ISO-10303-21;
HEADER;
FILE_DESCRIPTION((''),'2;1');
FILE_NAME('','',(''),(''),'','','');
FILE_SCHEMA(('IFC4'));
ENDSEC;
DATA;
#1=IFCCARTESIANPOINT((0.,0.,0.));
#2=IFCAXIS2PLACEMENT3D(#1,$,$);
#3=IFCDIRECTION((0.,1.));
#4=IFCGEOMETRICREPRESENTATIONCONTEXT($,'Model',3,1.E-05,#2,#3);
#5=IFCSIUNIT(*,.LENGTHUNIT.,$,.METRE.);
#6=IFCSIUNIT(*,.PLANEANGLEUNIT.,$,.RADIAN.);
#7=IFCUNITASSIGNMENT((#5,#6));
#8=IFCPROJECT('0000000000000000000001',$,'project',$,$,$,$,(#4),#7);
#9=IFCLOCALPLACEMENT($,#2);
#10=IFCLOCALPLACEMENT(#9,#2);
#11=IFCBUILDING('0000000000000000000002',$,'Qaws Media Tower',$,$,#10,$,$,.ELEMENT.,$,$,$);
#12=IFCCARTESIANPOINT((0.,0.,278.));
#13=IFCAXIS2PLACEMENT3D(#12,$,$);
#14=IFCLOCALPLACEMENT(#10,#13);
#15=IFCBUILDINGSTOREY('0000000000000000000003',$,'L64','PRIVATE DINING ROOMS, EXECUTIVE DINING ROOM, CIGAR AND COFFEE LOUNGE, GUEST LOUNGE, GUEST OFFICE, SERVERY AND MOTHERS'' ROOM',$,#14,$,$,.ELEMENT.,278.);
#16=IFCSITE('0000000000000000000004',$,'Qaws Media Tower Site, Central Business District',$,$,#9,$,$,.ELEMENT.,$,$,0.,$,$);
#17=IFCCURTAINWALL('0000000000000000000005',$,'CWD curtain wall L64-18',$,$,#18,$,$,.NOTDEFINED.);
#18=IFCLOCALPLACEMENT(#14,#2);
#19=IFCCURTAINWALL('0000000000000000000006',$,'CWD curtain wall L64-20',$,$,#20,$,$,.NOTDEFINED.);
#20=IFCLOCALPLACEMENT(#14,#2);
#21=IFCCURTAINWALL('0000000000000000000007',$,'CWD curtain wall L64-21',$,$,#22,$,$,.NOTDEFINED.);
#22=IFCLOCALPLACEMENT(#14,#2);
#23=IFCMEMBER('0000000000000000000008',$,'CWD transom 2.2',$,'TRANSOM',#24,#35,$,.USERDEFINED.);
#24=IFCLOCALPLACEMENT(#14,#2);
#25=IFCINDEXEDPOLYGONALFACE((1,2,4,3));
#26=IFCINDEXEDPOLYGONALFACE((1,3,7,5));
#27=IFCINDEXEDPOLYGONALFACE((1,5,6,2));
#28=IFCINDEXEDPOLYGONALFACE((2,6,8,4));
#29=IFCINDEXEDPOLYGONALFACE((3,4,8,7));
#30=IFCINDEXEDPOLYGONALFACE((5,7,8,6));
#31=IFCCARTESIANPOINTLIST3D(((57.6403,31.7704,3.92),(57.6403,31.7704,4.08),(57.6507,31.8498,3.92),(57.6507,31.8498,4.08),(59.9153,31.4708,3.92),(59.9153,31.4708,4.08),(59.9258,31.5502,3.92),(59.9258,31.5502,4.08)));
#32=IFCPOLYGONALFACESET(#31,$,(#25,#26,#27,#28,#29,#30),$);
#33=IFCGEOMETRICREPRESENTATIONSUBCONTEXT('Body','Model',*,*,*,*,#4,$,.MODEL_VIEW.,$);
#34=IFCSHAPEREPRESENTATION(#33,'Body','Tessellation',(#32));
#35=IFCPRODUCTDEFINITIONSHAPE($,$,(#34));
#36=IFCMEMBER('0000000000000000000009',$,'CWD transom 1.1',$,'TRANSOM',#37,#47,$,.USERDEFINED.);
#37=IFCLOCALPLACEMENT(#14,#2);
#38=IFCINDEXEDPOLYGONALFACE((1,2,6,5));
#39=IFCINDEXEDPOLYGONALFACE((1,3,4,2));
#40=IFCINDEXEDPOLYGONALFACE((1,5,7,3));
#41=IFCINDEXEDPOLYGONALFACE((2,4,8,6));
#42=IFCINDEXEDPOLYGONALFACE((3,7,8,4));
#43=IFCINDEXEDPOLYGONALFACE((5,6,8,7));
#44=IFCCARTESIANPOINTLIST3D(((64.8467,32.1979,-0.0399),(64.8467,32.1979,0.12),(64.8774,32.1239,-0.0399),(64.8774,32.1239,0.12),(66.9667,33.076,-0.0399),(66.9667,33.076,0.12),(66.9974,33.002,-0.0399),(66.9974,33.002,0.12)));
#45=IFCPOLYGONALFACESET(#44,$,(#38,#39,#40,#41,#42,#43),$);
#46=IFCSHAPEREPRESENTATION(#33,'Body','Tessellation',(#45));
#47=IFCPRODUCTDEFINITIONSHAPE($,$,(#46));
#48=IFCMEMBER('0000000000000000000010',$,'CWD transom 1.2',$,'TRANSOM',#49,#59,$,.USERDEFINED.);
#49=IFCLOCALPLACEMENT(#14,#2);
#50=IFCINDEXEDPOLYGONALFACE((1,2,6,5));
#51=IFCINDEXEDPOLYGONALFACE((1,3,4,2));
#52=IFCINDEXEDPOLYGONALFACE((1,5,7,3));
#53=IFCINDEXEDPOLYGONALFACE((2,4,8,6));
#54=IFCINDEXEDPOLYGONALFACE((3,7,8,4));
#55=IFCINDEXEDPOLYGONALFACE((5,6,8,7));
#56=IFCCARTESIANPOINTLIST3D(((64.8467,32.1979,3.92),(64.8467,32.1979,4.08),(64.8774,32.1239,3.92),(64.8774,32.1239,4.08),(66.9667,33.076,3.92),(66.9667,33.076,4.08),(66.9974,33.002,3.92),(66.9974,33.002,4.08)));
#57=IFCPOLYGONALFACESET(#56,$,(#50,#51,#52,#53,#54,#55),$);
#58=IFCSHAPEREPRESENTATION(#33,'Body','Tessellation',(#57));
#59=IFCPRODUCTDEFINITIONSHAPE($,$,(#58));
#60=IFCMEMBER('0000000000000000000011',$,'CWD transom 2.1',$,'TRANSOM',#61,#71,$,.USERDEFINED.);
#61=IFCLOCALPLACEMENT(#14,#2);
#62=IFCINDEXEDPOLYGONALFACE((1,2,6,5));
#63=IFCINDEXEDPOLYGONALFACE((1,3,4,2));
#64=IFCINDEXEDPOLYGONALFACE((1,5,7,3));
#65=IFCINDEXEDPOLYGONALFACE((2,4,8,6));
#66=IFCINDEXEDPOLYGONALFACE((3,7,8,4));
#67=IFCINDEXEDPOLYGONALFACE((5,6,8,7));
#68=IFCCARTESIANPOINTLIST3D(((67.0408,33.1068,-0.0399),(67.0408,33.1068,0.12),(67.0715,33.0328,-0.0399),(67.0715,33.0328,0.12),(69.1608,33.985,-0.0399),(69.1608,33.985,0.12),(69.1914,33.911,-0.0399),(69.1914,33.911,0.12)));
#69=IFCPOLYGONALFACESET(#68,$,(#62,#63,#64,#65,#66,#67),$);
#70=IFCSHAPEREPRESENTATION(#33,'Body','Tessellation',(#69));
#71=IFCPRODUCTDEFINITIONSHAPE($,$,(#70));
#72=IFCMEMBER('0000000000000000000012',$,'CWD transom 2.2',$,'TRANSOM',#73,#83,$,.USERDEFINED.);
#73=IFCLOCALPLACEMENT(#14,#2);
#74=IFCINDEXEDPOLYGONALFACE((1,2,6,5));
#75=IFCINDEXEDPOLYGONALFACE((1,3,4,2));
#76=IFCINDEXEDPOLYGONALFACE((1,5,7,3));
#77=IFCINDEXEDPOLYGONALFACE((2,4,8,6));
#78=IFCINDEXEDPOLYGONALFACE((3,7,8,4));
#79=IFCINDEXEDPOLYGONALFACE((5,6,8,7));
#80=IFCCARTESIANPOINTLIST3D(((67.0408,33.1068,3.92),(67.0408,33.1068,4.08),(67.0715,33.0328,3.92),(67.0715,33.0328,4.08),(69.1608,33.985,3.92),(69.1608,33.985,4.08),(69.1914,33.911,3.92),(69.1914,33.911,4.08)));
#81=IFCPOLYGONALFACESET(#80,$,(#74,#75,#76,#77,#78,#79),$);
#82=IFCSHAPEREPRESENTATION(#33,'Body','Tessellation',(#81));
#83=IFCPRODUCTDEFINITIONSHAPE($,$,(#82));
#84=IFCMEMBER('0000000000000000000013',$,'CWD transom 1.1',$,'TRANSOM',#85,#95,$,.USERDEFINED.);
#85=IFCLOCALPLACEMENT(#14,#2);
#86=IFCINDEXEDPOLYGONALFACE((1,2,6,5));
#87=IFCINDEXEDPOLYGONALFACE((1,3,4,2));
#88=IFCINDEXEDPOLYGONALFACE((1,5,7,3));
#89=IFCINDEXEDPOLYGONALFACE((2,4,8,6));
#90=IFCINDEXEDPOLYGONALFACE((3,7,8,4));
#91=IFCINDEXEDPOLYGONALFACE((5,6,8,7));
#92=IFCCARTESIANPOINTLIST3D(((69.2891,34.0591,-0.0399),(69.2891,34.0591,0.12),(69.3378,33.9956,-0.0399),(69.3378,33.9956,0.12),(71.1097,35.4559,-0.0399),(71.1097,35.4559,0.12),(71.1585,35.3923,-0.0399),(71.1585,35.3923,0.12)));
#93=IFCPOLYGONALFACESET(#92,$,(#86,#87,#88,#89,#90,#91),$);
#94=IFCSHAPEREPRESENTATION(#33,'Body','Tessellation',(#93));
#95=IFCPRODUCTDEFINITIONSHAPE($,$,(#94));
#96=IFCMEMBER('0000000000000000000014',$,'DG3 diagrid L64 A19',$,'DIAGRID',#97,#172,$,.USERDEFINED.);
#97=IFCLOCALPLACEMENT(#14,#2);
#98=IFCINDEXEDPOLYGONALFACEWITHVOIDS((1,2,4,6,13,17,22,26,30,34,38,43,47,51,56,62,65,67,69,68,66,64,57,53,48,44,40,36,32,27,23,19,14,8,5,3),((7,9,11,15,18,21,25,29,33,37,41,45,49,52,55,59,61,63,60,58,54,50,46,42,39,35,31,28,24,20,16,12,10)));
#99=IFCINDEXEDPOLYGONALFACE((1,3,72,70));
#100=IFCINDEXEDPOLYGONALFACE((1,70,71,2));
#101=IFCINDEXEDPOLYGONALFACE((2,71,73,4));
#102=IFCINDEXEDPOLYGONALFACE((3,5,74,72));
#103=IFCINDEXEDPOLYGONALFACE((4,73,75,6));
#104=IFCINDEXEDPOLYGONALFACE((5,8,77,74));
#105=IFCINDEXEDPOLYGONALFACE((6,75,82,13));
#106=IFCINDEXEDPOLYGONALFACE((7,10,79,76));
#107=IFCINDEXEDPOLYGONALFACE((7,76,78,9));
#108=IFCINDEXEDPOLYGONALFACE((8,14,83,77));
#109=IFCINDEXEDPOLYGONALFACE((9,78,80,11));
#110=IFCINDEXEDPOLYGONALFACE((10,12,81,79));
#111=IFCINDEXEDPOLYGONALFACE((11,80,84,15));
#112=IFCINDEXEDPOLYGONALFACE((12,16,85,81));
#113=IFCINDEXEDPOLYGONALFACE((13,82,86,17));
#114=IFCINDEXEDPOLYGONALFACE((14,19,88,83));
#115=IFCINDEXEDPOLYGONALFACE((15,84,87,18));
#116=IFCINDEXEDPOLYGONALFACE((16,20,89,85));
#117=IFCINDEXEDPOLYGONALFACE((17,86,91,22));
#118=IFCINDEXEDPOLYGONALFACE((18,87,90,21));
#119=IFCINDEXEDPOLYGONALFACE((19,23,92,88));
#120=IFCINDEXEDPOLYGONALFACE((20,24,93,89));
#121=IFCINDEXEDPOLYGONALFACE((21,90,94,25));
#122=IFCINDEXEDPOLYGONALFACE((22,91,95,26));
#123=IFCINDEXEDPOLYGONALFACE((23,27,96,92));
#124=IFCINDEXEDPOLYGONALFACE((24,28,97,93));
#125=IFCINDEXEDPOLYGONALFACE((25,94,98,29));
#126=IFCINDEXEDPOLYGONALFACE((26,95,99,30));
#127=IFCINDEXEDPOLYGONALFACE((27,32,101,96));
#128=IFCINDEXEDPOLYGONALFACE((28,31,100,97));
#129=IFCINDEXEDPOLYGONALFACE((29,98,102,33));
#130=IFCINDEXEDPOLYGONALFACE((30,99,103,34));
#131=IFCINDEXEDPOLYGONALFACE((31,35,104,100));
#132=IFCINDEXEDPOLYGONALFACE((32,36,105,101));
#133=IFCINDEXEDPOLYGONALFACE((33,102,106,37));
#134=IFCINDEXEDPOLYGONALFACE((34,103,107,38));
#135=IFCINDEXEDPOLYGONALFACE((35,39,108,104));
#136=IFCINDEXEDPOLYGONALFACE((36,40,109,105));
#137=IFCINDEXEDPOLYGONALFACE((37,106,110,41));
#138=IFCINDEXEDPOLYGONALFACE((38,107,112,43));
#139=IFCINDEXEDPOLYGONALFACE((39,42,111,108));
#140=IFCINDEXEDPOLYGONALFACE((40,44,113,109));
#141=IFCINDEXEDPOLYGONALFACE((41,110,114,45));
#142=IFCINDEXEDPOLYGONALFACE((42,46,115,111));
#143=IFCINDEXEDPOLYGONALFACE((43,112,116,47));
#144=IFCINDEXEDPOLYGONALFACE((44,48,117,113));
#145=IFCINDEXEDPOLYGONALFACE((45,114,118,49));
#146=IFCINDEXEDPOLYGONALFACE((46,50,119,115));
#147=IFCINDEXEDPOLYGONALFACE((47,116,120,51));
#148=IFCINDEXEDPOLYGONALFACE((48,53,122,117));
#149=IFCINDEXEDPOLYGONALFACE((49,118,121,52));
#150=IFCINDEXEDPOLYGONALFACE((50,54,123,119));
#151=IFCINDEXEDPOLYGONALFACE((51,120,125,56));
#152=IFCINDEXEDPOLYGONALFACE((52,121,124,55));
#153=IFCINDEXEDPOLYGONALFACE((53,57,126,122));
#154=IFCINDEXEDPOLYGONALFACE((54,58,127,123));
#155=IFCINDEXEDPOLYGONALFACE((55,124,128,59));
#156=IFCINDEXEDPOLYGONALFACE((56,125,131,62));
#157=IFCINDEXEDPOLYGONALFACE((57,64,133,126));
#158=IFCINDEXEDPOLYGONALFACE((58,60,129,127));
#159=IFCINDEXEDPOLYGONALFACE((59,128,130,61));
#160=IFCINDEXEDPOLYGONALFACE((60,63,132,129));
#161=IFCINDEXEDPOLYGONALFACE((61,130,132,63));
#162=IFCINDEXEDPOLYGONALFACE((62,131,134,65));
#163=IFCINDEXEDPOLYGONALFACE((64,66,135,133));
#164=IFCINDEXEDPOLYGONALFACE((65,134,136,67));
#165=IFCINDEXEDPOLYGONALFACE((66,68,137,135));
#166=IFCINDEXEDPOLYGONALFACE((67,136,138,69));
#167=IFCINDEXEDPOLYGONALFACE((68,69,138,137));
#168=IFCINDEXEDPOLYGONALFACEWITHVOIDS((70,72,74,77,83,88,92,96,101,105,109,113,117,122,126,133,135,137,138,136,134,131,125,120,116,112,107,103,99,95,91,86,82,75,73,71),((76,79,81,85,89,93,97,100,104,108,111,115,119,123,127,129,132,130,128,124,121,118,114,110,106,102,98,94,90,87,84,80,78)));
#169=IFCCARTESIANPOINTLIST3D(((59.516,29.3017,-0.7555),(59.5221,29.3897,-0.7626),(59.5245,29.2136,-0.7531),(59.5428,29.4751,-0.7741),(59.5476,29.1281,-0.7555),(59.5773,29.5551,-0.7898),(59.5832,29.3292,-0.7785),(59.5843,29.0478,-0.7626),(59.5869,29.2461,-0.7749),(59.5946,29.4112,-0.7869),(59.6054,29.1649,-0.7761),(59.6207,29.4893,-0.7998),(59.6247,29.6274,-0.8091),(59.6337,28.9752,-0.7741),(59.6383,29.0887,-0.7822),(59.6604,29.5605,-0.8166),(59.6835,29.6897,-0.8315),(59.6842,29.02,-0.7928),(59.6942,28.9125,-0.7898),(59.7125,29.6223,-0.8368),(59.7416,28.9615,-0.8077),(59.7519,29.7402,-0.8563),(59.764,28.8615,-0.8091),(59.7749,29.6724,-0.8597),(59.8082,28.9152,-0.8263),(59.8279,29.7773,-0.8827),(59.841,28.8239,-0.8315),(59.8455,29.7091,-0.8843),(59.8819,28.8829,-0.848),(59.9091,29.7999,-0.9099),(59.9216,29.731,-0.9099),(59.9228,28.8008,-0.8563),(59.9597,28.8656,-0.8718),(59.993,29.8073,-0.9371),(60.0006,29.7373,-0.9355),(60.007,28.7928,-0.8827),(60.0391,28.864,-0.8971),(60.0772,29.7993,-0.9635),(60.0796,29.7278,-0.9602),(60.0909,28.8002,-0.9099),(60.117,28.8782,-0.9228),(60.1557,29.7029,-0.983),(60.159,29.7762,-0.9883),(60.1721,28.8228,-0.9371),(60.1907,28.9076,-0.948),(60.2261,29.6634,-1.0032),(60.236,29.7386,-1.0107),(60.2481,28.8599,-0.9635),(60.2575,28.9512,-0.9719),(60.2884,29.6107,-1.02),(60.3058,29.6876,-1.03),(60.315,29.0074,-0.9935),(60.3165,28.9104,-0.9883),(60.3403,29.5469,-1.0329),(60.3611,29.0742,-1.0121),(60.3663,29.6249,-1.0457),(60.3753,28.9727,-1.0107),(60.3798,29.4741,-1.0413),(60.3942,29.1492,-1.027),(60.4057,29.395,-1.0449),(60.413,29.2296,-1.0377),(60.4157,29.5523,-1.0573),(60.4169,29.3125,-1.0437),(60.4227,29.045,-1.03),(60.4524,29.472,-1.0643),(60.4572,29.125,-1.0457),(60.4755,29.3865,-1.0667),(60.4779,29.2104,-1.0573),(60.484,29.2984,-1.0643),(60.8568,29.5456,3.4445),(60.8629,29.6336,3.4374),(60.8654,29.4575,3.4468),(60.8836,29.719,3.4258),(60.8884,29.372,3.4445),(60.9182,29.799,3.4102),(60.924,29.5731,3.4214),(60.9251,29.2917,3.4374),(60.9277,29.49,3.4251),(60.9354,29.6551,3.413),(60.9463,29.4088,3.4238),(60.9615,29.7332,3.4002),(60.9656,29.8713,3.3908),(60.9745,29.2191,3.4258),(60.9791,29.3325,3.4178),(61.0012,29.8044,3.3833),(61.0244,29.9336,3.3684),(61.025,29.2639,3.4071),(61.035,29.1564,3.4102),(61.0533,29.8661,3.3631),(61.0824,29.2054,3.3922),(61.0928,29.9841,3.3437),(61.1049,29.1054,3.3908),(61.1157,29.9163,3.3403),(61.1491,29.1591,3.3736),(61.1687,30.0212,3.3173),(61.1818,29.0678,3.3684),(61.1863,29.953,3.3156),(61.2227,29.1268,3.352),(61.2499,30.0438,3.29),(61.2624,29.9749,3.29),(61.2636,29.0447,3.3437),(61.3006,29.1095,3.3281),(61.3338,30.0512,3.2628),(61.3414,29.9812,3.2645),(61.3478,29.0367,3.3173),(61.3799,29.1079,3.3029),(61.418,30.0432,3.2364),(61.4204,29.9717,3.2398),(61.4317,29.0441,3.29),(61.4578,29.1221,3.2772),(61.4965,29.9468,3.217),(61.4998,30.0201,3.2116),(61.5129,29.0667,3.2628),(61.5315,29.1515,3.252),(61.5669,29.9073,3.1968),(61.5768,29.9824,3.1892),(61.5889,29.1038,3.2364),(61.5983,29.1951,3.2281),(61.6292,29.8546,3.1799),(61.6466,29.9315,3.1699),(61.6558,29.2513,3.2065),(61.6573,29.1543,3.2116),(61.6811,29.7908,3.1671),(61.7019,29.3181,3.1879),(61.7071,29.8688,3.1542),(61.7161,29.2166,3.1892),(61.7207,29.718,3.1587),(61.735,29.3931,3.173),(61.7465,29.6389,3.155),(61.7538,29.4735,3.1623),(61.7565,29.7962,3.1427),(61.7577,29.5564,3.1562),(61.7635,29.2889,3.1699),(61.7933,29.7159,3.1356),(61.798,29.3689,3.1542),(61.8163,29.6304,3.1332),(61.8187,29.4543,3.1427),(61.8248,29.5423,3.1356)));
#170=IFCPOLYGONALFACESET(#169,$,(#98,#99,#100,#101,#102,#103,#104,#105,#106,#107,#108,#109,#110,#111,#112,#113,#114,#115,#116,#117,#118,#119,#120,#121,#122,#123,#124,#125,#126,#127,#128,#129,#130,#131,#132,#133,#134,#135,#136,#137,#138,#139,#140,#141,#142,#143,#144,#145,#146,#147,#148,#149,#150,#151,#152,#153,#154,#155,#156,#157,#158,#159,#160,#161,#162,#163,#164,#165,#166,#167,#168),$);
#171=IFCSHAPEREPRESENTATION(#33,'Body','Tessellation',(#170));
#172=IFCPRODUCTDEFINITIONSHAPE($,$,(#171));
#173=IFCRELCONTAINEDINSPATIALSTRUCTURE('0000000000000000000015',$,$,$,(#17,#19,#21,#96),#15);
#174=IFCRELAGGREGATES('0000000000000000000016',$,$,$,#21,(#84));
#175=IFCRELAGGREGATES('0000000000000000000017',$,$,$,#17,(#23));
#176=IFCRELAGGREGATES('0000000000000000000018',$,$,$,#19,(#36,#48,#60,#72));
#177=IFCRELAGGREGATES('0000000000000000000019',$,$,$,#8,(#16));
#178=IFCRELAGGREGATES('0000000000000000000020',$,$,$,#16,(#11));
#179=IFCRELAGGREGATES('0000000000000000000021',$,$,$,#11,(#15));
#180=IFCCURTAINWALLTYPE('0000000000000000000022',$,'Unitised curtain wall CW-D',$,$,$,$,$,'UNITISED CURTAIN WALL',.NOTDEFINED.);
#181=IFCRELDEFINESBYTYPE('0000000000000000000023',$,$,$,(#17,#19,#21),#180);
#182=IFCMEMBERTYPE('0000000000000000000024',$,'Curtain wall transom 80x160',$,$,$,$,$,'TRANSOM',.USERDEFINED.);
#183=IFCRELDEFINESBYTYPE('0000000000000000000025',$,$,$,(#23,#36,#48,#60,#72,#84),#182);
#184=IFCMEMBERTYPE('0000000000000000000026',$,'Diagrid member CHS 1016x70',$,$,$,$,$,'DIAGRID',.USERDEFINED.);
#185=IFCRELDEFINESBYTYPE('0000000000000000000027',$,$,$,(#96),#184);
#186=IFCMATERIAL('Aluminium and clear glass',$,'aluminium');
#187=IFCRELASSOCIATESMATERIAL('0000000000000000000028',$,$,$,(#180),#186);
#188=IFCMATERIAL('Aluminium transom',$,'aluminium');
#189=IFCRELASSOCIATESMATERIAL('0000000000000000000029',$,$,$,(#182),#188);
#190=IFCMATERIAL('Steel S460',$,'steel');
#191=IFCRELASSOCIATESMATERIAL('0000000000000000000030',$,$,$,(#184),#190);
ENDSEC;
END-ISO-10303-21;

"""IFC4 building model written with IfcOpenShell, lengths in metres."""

from ifc_helpers import new_model, si_unit, direction, frame, origin, origin_2d, place, context, subcontext, project, spatial, rectangle, hollow_circle, extrude, material, material_profile, profile_set, type_object, element, aggregate, save


model = new_model("IFC4")

# Units and contexts
model_context = context("Model", 3, precision=1e-05, world=origin(), true_north=direction((0.0, 1.0)))
body_context = subcontext(model_context, "Body", "Model", "MODEL_VIEW")
ifc_project = project(units=[si_unit("LENGTHUNIT", "METRE"), si_unit("PLANEANGLEUNIT", "RADIAN")], contexts=[model_context])

# Site, building, storey
site_placement = place(None, origin())
site = spatial("IfcSite", under=ifc_project, at=site_placement, Name="Qaws Media Tower Site, Central Business District", CompositionType="ELEMENT", RefElevation=0.0)
building_placement = place(site_placement, origin())
building = spatial("IfcBuilding", under=site, at=building_placement, Name="Qaws Media Tower", CompositionType="ELEMENT")
storey_placement = place(building_placement, frame((0.0, 0.0, 278.0)))
storey = spatial("IfcBuildingStorey", under=building, at=storey_placement, Name="L64", Description="PRIVATE DINING ROOMS, EXECUTIVE DINING ROOM, CIGAR AND COFFEE LOUNGE, GUEST LOUNGE, GUEST OFFICE, SERVERY AND MOTHERS' ROOM", CompositionType="ELEMENT", Elevation=278.0)

# Curtain walls
ifc_material_1 = material(Name="Aluminium and clear glass", Category="aluminium")
curtain_wall_type = type_object("IfcCurtainWallType", Name="Unitised curtain wall CW-D", ElementType="UNITISED CURTAIN WALL", PredefinedType="NOTDEFINED", material=ifc_material_1)
curtain_wall_1_placement = place(storey_placement, origin())
curtain_wall_1 = element("IfcCurtainWall", 1, at=curtain_wall_1_placement, inside=storey, type_object=curtain_wall_type, Name="CWD curtain wall L64-18", PredefinedType="NOTDEFINED")
curtain_wall_2_placement = place(storey_placement, origin())
curtain_wall_2 = element("IfcCurtainWall", 2, at=curtain_wall_2_placement, inside=storey, type_object=curtain_wall_type, Name="CWD curtain wall L64-20", PredefinedType="NOTDEFINED")

# Curtain wall
curtain_wall_3_placement = place(storey_placement, origin())
curtain_wall_3 = element("IfcCurtainWall", 3, at=curtain_wall_3_placement, inside=storey, type_object=curtain_wall_type, Name="CWD curtain wall L64-21", PredefinedType="NOTDEFINED")

# Members
ifc_material_2 = material(Name="Aluminium transom", Category="aluminium")
ifc_material_profile_1 = material_profile(ifc_material_2, rectangle(XDim=0.0801, YDim=0.1599, at=origin_2d()), Name="80x160")
ifc_profile_set_1 = profile_set([ifc_material_profile_1], Name="Aluminium transom")
member_type_1 = type_object("IfcMemberType", Name="Curtain wall transom 80x160", ElementType="TRANSOM", PredefinedType="USERDEFINED", material=ifc_profile_set_1)
member_1_placement = place(storey_placement, frame((57.6455, 31.8101, 4.0), z_axis=(0.991443, -0.13054, 0.0), x_axis=(0.13054, 0.991443, 0.0)))
member_1 = element("IfcMember", 4, at=member_1_placement, type_object=member_type_1, Name="CWD transom 2.2", ObjectType="TRANSOM", PredefinedType="USERDEFINED", context=body_context, shape_type="SweptSolid", body=[
    extrude(rectangle(XDim=0.0801, YDim=0.1599, at=origin_2d()), origin(), (0.0, 0.0, 1.0), 2.2947),
])
member_2_placement = place(storey_placement, frame((64.8621, 32.1609, 0.04), z_axis=(0.923881, 0.382681, 0.0), x_axis=(-0.382681, 0.923881, 0.0)))
member_2 = element("IfcMember", 5, at=member_2_placement, type_object=member_type_1, Name="CWD transom 1.1", ObjectType="TRANSOM", PredefinedType="USERDEFINED", context=body_context, shape_type="SweptSolid", body=[
    extrude(rectangle(XDim=0.0801, YDim=0.1599, at=origin_2d()), origin(), (0.0, 0.0, 1.0), 2.2947),
])
member_3_placement = place(storey_placement, frame((64.8621, 32.1609, 4.0), z_axis=(0.923881, 0.382681, 0.0), x_axis=(-0.382681, 0.923881, 0.0)))
member_3 = element("IfcMember", 6, at=member_3_placement, type_object=member_type_1, Name="CWD transom 1.2", ObjectType="TRANSOM", PredefinedType="USERDEFINED", context=body_context, shape_type="SweptSolid", body=[
    extrude(rectangle(XDim=0.0801, YDim=0.1599, at=origin_2d()), origin(), (0.0, 0.0, 1.0), 2.2947),
])
member_4_placement = place(storey_placement, frame((67.0562, 33.0698, 0.04), z_axis=(0.923865, 0.382718, 0.0), x_axis=(-0.382718, 0.923865, 0.0)))
member_4 = element("IfcMember", 7, at=member_4_placement, type_object=member_type_1, Name="CWD transom 2.1", ObjectType="TRANSOM", PredefinedType="USERDEFINED", context=body_context, shape_type="SweptSolid", body=[
    extrude(rectangle(XDim=0.0801, YDim=0.1599, at=origin_2d()), origin(), (0.0, 0.0, 1.0), 2.2947),
])
member_5_placement = place(storey_placement, frame((67.0562, 33.0698, 4.0), z_axis=(0.923865, 0.382718, 0.0), x_axis=(-0.382718, 0.923865, 0.0)))
member_5 = element("IfcMember", 8, at=member_5_placement, type_object=member_type_1, Name="CWD transom 2.2", ObjectType="TRANSOM", PredefinedType="USERDEFINED", context=body_context, shape_type="SweptSolid", body=[
    extrude(rectangle(XDim=0.0801, YDim=0.1599, at=origin_2d()), origin(), (0.0, 0.0, 1.0), 2.2947),
])
member_6_placement = place(storey_placement, frame((69.3135, 34.0273, 0.04), z_axis=(0.793403, 0.608697, 0.0), x_axis=(-0.608697, 0.793403, 0.0)))
member_6 = element("IfcMember", 9, at=member_6_placement, type_object=member_type_1, Name="CWD transom 1.1", ObjectType="TRANSOM", PredefinedType="USERDEFINED", context=body_context, shape_type="SweptSolid", body=[
    extrude(rectangle(XDim=0.0801, YDim=0.1599, at=origin_2d()), origin(), (0.0, 0.0, 1.0), 2.2947),
])
aggregate(curtain_wall_3, [member_6])

# Member
ifc_material_3 = material(Name="Steel S460", Category="steel")
ifc_material_profile_2 = material_profile(ifc_material_3, hollow_circle(Radius=0.5081, WallThickness=0.0701, at=origin_2d()), Name="CHS 1016x70")
ifc_profile_set_2 = profile_set([ifc_material_profile_2], Name="Steel S460")
member_type_2 = type_object("IfcMemberType", Name="Diagrid member CHS 1016x70", ElementType="DIAGRID", PredefinedType="USERDEFINED", material=ifc_profile_set_2)
for number, where, z_axis, x_axis, name in (
    (10, (60.0, 29.3, -0.9099), (0.30366, 0.055236, 0.951178), (-0.178964, 0.983856, 0.0), "DG3 diagrid L64 A19"),
):
    element("IfcMember", number, at=place(storey_placement, frame(where, z_axis=z_axis, x_axis=x_axis)), inside=storey, type_object=member_type_2, Name=name, ObjectType="DIAGRID", PredefinedType="USERDEFINED", context=body_context, shape_type="SweptSolid", body=[
        extrude(hollow_circle(Radius=0.5081, WallThickness=0.0701, at=origin_2d()), origin(), (0.0, 0.0, 1.0), 4.4155),
    ])

aggregate(curtain_wall_1, [member_1])
aggregate(curtain_wall_2, [member_2, member_3, member_4, member_5])

save(model, "model.ifc")
